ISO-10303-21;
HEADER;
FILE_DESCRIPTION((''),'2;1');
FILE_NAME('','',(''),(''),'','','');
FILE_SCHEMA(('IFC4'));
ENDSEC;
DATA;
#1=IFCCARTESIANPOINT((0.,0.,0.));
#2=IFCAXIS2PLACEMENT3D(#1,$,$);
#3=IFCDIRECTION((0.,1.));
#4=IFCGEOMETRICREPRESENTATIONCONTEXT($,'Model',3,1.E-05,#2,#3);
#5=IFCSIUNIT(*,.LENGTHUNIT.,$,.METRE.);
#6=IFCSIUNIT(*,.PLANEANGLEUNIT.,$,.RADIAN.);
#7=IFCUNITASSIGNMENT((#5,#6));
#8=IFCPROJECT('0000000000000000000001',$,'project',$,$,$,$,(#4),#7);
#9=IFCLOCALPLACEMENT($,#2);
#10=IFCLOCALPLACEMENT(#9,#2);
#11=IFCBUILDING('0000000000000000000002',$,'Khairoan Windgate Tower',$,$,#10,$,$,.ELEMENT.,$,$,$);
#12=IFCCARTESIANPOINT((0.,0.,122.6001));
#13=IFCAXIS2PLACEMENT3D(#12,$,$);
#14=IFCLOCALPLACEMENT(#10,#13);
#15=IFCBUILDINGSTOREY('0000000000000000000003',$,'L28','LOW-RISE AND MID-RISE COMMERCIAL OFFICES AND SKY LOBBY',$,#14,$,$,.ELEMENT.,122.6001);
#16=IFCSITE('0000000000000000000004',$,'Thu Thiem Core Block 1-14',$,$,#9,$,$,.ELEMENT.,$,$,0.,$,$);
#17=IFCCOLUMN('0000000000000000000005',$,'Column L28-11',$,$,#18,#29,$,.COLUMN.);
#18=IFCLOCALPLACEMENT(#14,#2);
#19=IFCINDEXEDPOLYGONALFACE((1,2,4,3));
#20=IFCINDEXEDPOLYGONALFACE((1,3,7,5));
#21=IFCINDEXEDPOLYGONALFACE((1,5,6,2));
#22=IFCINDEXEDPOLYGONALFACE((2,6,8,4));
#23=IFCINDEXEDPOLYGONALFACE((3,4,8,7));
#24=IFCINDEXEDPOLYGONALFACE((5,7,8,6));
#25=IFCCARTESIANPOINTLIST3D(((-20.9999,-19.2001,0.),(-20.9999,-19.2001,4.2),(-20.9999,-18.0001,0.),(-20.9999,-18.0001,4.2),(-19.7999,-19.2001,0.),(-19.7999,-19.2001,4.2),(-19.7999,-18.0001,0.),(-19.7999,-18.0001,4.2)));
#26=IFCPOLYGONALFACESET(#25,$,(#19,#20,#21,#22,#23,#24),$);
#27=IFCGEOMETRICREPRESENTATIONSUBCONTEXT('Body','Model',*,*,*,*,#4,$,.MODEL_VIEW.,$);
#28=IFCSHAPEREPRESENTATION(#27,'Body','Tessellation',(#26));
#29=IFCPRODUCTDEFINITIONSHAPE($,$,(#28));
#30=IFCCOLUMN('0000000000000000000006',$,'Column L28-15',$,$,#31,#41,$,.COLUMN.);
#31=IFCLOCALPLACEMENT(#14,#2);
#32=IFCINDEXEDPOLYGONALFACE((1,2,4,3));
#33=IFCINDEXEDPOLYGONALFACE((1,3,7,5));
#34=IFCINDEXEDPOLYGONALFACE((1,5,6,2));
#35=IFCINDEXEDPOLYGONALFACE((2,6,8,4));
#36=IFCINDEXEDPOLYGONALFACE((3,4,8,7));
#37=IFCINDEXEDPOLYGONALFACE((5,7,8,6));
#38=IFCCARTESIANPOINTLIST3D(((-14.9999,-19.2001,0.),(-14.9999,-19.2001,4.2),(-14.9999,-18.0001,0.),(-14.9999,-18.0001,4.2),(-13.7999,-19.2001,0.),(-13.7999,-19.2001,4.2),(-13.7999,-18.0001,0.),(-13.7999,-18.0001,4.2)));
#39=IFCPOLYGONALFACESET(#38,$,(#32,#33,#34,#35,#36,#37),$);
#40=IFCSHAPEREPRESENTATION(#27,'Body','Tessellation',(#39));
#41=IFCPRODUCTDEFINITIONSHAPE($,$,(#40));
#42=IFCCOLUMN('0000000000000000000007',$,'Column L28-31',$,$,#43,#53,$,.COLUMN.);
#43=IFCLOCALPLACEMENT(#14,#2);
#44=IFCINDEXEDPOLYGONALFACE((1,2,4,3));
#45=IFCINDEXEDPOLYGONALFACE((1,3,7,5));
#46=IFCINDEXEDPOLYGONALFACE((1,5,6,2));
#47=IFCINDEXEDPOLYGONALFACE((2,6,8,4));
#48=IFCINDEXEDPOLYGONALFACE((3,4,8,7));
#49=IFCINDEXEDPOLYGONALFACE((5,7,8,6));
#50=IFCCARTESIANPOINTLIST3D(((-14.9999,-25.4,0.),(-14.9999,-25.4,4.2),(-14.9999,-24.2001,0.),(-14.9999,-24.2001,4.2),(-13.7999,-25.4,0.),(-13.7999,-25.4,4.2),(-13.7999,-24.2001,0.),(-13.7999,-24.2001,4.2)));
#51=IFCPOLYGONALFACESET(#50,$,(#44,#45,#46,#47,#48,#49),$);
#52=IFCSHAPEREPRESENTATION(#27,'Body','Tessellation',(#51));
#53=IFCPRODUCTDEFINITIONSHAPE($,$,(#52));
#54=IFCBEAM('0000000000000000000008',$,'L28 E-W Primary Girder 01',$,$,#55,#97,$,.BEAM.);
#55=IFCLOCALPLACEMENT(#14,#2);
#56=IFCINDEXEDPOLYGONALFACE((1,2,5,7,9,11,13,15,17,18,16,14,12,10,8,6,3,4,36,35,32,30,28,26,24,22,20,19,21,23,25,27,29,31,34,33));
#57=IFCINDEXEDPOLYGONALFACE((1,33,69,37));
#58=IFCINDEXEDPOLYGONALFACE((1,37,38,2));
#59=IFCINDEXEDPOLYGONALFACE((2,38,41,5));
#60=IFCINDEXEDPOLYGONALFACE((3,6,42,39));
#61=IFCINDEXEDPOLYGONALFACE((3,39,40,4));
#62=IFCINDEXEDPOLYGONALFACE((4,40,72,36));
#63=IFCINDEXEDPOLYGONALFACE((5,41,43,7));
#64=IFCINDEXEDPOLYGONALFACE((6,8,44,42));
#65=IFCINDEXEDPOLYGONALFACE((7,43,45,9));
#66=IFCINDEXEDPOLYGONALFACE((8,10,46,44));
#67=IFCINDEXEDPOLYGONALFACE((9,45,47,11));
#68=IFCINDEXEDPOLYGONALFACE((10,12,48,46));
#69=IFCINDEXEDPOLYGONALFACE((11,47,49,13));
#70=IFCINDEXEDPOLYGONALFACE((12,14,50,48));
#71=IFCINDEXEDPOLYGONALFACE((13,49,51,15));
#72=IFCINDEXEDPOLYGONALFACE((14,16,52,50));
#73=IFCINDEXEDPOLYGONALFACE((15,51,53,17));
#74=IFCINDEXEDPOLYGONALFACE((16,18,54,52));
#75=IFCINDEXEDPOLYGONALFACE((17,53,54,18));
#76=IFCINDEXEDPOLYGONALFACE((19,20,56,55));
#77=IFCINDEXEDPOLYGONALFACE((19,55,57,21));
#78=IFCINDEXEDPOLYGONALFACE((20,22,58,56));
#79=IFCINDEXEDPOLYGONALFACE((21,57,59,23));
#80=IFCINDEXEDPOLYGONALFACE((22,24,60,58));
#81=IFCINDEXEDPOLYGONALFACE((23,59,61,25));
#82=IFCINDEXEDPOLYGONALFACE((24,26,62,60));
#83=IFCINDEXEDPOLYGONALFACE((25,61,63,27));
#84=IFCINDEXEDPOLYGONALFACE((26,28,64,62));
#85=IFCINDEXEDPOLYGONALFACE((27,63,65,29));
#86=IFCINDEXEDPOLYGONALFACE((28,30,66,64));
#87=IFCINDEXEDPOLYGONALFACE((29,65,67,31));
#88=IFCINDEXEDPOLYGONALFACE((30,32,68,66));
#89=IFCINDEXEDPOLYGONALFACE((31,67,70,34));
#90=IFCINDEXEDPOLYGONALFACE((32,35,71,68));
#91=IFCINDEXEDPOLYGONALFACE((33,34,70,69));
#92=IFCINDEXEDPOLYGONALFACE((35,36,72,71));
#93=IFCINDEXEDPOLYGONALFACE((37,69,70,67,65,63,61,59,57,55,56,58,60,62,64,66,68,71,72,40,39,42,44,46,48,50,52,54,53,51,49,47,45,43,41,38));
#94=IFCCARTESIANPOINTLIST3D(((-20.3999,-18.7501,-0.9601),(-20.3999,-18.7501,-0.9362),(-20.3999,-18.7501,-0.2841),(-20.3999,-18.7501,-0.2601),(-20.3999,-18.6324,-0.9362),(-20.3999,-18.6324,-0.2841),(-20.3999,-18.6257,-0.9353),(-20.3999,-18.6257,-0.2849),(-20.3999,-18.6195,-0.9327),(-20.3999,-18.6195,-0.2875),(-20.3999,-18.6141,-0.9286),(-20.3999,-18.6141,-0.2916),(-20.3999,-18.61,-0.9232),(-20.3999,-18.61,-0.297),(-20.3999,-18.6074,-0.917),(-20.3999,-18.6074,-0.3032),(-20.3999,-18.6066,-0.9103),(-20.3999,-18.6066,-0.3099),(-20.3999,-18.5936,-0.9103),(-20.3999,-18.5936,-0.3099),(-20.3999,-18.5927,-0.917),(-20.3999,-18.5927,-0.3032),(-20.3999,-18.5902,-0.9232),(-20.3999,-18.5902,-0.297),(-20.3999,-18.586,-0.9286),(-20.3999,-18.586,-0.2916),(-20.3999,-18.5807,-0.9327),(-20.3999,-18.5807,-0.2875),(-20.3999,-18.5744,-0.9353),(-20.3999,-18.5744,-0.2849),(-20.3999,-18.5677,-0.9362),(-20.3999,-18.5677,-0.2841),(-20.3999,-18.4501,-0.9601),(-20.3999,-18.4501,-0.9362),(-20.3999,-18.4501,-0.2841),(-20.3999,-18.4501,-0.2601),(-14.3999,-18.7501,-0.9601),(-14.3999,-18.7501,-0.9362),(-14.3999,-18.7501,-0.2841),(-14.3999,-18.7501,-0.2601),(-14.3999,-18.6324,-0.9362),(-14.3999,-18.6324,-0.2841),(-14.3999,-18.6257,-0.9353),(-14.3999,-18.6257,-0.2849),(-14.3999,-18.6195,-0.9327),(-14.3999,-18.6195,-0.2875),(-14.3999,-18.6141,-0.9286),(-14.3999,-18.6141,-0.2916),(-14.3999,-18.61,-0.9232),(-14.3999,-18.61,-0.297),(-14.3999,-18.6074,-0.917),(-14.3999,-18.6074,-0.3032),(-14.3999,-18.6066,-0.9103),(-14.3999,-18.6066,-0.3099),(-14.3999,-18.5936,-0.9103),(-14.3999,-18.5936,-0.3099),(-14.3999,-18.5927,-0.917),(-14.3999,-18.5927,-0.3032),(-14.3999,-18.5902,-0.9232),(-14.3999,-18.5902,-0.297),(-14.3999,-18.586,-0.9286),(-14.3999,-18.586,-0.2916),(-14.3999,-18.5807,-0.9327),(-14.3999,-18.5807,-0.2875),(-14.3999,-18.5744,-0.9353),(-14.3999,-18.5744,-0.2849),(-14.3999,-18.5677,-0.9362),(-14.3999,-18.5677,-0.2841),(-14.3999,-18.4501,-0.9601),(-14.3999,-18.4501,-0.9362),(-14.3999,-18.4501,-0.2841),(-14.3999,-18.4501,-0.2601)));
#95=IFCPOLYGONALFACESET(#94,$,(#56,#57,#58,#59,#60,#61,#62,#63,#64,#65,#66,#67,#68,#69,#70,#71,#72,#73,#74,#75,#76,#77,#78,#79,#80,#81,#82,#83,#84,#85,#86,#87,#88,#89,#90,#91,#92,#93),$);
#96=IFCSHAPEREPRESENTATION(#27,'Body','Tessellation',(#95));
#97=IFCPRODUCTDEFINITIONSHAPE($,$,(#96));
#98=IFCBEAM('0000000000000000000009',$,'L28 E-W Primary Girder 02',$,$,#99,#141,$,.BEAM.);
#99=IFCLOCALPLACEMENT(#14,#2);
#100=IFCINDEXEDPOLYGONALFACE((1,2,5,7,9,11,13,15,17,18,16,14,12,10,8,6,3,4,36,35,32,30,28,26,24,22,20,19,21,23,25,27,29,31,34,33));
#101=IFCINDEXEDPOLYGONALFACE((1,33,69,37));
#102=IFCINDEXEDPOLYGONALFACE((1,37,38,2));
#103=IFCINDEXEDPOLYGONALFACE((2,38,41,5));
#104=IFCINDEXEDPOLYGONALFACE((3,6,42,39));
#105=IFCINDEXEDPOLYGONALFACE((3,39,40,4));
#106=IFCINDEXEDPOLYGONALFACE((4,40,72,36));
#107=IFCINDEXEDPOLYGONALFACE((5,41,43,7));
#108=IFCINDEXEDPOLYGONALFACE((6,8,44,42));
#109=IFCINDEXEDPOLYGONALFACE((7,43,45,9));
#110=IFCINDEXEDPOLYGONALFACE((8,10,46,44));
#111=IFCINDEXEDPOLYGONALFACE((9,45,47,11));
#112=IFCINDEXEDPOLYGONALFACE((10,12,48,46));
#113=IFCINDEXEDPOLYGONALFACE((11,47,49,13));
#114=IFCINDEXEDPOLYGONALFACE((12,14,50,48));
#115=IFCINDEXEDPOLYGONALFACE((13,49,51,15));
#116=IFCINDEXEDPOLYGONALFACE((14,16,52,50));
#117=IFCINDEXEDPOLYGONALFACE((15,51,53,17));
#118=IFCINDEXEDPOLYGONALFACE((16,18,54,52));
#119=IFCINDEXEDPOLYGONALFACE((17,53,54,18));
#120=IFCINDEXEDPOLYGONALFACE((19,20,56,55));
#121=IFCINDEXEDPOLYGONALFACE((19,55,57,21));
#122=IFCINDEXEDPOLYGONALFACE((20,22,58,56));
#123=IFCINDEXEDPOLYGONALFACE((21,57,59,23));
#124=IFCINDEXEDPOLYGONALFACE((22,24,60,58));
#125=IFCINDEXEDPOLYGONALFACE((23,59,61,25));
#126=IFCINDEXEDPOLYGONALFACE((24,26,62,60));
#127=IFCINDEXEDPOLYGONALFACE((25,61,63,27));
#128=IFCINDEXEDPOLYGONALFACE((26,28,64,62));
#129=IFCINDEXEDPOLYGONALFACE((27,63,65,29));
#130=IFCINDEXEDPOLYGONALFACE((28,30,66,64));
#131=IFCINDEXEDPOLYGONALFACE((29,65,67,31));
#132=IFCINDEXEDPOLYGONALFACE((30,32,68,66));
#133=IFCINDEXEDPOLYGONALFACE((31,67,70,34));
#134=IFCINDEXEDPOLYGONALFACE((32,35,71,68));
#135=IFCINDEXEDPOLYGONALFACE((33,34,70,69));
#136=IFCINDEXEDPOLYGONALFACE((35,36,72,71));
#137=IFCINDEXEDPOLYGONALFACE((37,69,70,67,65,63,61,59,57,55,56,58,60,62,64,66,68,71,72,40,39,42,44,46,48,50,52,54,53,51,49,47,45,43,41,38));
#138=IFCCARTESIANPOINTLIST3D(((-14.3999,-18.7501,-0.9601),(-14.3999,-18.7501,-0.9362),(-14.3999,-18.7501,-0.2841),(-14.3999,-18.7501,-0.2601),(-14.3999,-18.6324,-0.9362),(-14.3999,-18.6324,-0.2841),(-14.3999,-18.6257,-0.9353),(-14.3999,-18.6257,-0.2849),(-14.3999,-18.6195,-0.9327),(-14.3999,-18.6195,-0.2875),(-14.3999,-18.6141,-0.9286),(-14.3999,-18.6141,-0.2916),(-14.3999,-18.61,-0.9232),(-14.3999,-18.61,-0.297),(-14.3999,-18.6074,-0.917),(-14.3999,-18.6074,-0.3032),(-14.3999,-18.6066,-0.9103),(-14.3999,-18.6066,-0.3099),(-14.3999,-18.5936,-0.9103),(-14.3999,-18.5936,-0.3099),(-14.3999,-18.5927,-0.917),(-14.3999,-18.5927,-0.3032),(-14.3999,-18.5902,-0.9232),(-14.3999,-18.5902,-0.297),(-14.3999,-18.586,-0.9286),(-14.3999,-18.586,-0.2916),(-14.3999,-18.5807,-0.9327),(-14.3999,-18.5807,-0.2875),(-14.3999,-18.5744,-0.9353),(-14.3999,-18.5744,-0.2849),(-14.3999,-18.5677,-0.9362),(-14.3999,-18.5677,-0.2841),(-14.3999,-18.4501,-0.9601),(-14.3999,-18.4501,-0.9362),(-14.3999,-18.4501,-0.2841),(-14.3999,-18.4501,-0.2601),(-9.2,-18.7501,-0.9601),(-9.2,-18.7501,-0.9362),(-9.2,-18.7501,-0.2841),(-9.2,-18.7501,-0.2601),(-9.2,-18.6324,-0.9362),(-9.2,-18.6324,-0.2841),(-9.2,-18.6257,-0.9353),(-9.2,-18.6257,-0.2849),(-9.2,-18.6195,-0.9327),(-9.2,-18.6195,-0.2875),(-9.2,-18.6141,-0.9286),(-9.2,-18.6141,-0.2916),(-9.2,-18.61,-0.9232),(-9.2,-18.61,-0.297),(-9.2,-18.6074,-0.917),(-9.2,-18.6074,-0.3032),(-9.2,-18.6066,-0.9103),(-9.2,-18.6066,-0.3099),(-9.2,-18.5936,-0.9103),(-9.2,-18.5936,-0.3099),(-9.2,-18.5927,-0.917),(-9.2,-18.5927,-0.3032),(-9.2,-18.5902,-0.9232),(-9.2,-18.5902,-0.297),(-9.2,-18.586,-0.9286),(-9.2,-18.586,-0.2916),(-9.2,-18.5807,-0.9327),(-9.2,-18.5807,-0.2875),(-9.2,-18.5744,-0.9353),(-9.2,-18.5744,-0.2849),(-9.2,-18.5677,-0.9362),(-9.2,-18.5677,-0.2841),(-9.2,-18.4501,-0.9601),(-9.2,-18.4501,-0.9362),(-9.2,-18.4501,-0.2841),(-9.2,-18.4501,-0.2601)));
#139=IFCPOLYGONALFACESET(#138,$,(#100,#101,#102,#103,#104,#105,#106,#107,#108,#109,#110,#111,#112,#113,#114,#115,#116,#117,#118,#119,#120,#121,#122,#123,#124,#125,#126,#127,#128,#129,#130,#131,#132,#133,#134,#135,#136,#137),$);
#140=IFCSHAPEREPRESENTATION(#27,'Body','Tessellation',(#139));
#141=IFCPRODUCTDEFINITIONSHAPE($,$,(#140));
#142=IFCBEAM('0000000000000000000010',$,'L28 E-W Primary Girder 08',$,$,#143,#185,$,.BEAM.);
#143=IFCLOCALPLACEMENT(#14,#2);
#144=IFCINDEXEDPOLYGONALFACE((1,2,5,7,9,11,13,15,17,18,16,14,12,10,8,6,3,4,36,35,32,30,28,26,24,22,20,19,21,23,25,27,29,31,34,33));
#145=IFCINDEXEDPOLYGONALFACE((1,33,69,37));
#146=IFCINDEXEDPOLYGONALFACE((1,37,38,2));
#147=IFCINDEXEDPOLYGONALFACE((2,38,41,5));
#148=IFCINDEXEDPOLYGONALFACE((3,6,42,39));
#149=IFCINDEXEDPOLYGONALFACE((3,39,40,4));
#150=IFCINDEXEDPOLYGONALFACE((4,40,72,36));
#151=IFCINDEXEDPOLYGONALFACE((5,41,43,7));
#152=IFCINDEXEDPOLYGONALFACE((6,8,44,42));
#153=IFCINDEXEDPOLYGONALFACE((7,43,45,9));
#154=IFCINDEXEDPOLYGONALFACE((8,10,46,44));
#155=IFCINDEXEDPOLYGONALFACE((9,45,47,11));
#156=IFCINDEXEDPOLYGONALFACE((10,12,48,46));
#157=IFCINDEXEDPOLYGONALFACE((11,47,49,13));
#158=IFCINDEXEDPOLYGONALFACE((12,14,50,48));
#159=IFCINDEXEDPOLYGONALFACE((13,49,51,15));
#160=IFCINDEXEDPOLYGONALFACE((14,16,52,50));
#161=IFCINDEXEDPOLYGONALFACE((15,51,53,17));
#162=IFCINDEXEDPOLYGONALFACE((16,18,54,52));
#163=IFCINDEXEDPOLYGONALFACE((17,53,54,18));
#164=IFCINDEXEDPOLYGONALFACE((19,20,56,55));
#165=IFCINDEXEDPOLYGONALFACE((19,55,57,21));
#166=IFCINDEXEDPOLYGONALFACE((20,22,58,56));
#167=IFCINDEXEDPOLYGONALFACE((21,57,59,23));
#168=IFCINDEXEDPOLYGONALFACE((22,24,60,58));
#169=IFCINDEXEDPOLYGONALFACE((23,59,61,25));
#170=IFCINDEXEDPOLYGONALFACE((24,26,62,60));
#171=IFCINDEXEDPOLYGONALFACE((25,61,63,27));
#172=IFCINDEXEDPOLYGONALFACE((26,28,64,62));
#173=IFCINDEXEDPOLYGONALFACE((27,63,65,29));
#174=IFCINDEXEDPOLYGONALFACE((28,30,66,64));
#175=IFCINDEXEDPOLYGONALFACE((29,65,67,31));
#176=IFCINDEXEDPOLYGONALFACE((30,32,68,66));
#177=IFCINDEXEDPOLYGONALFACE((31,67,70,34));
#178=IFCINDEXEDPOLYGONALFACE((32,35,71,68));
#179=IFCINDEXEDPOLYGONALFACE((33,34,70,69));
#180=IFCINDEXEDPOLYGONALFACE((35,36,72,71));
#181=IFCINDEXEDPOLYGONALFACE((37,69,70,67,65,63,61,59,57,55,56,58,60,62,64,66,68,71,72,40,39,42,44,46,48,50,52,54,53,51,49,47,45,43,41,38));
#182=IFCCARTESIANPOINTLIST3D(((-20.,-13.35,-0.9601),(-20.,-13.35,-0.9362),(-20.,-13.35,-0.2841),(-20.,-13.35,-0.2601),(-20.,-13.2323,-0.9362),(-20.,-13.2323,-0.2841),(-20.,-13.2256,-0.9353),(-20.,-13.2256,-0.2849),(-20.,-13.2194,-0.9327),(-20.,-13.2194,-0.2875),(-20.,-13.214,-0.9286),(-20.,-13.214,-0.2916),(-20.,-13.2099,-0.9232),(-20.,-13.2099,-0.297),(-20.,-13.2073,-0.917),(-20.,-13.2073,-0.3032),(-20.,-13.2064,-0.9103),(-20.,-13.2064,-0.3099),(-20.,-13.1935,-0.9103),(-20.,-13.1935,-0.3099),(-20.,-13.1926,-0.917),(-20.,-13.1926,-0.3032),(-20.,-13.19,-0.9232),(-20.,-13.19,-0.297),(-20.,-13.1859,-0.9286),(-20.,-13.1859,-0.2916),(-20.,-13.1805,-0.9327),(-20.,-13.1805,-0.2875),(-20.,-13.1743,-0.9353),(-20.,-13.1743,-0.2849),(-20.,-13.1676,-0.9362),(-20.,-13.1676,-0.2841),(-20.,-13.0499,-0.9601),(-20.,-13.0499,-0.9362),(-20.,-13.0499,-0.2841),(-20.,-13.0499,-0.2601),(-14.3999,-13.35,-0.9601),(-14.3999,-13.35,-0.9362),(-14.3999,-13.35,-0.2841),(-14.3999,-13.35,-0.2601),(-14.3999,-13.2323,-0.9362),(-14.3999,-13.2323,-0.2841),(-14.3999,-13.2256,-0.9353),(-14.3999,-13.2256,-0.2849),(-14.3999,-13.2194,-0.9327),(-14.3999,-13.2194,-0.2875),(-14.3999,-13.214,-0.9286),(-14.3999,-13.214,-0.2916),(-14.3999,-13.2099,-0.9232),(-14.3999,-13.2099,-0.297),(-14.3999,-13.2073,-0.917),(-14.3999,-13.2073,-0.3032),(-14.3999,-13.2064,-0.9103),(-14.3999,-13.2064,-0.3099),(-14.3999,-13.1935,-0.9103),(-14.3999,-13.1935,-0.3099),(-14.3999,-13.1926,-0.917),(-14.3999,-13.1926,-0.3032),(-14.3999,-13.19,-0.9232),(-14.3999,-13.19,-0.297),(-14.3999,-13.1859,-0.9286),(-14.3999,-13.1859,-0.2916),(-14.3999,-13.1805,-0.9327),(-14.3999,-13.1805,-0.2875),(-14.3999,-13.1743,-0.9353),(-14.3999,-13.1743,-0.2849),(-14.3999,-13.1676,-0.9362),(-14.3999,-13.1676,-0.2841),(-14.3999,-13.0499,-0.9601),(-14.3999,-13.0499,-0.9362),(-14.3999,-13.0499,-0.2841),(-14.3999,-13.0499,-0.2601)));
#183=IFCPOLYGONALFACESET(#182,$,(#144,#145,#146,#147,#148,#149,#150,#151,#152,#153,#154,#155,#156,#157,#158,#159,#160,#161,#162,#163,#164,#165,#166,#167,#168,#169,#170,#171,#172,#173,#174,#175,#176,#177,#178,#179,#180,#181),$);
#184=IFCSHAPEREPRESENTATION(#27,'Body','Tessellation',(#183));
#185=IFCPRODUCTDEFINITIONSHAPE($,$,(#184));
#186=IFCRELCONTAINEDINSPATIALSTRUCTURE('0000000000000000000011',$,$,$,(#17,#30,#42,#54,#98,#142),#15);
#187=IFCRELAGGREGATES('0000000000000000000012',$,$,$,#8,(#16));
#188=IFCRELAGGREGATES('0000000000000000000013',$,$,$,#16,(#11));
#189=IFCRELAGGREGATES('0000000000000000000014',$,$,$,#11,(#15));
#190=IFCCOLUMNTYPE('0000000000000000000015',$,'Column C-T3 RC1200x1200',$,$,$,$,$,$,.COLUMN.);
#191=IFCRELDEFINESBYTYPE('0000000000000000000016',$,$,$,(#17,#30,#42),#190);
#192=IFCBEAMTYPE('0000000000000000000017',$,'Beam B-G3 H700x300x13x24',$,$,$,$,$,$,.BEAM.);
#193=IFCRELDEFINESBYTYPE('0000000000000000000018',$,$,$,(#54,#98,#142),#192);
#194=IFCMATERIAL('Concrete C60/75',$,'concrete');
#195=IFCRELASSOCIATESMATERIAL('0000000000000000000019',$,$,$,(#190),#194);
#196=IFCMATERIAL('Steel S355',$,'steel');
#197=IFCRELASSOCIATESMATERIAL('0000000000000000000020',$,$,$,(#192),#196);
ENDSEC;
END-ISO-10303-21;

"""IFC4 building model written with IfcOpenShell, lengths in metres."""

from ifc_helpers import new_model, si_unit, direction, frame, origin, origin_2d, place, context, subcontext, project, spatial, rectangle, i_section, extrude, material, material_profile, profile_set, type_object, element, save


model = new_model("IFC4")

# Units and contexts
model_context = context("Model", 3, precision=1e-05, world=origin(), true_north=direction((0.0, 1.0)))
body_context = subcontext(model_context, "Body", "Model", "MODEL_VIEW")
ifc_project = project(units=[si_unit("LENGTHUNIT", "METRE"), si_unit("PLANEANGLEUNIT", "RADIAN")], contexts=[model_context])

# Site, building, storey
site_placement = place(None, origin())
site = spatial("IfcSite", under=ifc_project, at=site_placement, Name="Thu Thiem Core Block 1-14", CompositionType="ELEMENT", RefElevation=0.0)
building_placement = place(site_placement, origin())
building = spatial("IfcBuilding", under=site, at=building_placement, Name="Khairoan Windgate Tower", CompositionType="ELEMENT")
storey_placement = place(building_placement, frame((0.0, 0.0, 122.6001)))
storey = spatial("IfcBuildingStorey", under=building, at=storey_placement, Name="L28", Description="LOW-RISE AND MID-RISE COMMERCIAL OFFICES AND SKY LOBBY", CompositionType="ELEMENT", Elevation=122.6001)

# Columns
ifc_material_1 = material(Name="Concrete C60/75", Category="concrete")
ifc_material_profile_1 = material_profile(ifc_material_1, rectangle(XDim=1.2, YDim=1.2, at=origin_2d()))
ifc_profile_set_1 = profile_set([ifc_material_profile_1], Name="Concrete C60/75")
column_type = type_object("IfcColumnType", Name="Column C-T3 RC1200x1200", PredefinedType="COLUMN", material=ifc_profile_set_1)
for number, where, z_axis, x_axis, name in (
    (1, (-20.3999, -18.6001, 0.0), (0.0, 0.0, 1.0), (1.0, 0.0, 0.0), "Column L28-11"),
    (2, (-14.3999, -18.6001, 0.0), (0.0, 0.0, 1.0), (1.0, 0.0, 0.0), "Column L28-15"),
    (3, (-14.3999, -24.8, 0.0), (0.0, 0.0, 1.0), (1.0, 0.0, 0.0), "Column L28-31"),
):
    element("IfcColumn", number, at=place(storey_placement, frame(where, z_axis=z_axis, x_axis=x_axis)), inside=storey, type_object=column_type, Name=name, PredefinedType="COLUMN", context=body_context, shape_type="SweptSolid", body=[
        extrude(rectangle(XDim=1.2, YDim=1.2, at=origin_2d()), origin(), (0.0, 0.0, 1.0), 4.2),
    ])

# Beams
ifc_material_2 = material(Name="Steel S355", Category="steel")
ifc_material_profile_2 = material_profile(ifc_material_2, i_section(OverallWidth=0.3, OverallDepth=0.7, WebThickness=0.0129, FlangeThickness=0.0239, FilletRadius=0.0259, at=origin_2d()))
ifc_profile_set_2 = profile_set([ifc_material_profile_2], Name="Steel S355")
beam_type_1 = type_object("IfcBeamType", Name="Beam B-G3 H700x300x13x24", PredefinedType="BEAM", material=ifc_profile_set_2)
beam_1_placement = place(storey_placement, frame((-20.3999, -18.6001, -0.6101), z_axis=(1.0, 0.0, 0.0), x_axis=(0.0, 1.0, 0.0)))
element("IfcBeam", 4, at=beam_1_placement, inside=storey, type_object=beam_type_1, Name="L28 E-W Primary Girder 01", PredefinedType="BEAM", context=body_context, shape_type="SweptSolid", body=[
    extrude(i_section(OverallWidth=0.3, OverallDepth=0.7, WebThickness=0.0129, FlangeThickness=0.0239, FilletRadius=0.0259, at=origin_2d()), origin(), (0.0, 0.0, 1.0), 6.0),
])
beam_2_placement = place(storey_placement, frame((-14.3999, -18.6001, -0.6101), z_axis=(1.0, 0.0, 0.0), x_axis=(0.0, 1.0, 0.0)))
element("IfcBeam", 5, at=beam_2_placement, inside=storey, type_object=beam_type_1, Name="L28 E-W Primary Girder 02", PredefinedType="BEAM", context=body_context, shape_type="SweptSolid", body=[
    extrude(i_section(OverallWidth=0.3, OverallDepth=0.7, WebThickness=0.0129, FlangeThickness=0.0239, FilletRadius=0.0259, at=origin_2d()), origin(), (0.0, 0.0, 1.0), 5.2),
])
beam_3_placement = place(storey_placement, frame((-20.0, -13.2, -0.6101), z_axis=(1.0, 0.0, 0.0), x_axis=(0.0, 1.0, 0.0)))
element("IfcBeam", 6, at=beam_3_placement, inside=storey, type_object=beam_type_1, Name="L28 E-W Primary Girder 08", PredefinedType="BEAM", context=body_context, shape_type="SweptSolid", body=[
    extrude(i_section(OverallWidth=0.3, OverallDepth=0.7, WebThickness=0.0129, FlangeThickness=0.0239, FilletRadius=0.0259, at=origin_2d()), origin(), (0.0, 0.0, 1.0), 5.6001),
])

save(model, "model.ifc")
